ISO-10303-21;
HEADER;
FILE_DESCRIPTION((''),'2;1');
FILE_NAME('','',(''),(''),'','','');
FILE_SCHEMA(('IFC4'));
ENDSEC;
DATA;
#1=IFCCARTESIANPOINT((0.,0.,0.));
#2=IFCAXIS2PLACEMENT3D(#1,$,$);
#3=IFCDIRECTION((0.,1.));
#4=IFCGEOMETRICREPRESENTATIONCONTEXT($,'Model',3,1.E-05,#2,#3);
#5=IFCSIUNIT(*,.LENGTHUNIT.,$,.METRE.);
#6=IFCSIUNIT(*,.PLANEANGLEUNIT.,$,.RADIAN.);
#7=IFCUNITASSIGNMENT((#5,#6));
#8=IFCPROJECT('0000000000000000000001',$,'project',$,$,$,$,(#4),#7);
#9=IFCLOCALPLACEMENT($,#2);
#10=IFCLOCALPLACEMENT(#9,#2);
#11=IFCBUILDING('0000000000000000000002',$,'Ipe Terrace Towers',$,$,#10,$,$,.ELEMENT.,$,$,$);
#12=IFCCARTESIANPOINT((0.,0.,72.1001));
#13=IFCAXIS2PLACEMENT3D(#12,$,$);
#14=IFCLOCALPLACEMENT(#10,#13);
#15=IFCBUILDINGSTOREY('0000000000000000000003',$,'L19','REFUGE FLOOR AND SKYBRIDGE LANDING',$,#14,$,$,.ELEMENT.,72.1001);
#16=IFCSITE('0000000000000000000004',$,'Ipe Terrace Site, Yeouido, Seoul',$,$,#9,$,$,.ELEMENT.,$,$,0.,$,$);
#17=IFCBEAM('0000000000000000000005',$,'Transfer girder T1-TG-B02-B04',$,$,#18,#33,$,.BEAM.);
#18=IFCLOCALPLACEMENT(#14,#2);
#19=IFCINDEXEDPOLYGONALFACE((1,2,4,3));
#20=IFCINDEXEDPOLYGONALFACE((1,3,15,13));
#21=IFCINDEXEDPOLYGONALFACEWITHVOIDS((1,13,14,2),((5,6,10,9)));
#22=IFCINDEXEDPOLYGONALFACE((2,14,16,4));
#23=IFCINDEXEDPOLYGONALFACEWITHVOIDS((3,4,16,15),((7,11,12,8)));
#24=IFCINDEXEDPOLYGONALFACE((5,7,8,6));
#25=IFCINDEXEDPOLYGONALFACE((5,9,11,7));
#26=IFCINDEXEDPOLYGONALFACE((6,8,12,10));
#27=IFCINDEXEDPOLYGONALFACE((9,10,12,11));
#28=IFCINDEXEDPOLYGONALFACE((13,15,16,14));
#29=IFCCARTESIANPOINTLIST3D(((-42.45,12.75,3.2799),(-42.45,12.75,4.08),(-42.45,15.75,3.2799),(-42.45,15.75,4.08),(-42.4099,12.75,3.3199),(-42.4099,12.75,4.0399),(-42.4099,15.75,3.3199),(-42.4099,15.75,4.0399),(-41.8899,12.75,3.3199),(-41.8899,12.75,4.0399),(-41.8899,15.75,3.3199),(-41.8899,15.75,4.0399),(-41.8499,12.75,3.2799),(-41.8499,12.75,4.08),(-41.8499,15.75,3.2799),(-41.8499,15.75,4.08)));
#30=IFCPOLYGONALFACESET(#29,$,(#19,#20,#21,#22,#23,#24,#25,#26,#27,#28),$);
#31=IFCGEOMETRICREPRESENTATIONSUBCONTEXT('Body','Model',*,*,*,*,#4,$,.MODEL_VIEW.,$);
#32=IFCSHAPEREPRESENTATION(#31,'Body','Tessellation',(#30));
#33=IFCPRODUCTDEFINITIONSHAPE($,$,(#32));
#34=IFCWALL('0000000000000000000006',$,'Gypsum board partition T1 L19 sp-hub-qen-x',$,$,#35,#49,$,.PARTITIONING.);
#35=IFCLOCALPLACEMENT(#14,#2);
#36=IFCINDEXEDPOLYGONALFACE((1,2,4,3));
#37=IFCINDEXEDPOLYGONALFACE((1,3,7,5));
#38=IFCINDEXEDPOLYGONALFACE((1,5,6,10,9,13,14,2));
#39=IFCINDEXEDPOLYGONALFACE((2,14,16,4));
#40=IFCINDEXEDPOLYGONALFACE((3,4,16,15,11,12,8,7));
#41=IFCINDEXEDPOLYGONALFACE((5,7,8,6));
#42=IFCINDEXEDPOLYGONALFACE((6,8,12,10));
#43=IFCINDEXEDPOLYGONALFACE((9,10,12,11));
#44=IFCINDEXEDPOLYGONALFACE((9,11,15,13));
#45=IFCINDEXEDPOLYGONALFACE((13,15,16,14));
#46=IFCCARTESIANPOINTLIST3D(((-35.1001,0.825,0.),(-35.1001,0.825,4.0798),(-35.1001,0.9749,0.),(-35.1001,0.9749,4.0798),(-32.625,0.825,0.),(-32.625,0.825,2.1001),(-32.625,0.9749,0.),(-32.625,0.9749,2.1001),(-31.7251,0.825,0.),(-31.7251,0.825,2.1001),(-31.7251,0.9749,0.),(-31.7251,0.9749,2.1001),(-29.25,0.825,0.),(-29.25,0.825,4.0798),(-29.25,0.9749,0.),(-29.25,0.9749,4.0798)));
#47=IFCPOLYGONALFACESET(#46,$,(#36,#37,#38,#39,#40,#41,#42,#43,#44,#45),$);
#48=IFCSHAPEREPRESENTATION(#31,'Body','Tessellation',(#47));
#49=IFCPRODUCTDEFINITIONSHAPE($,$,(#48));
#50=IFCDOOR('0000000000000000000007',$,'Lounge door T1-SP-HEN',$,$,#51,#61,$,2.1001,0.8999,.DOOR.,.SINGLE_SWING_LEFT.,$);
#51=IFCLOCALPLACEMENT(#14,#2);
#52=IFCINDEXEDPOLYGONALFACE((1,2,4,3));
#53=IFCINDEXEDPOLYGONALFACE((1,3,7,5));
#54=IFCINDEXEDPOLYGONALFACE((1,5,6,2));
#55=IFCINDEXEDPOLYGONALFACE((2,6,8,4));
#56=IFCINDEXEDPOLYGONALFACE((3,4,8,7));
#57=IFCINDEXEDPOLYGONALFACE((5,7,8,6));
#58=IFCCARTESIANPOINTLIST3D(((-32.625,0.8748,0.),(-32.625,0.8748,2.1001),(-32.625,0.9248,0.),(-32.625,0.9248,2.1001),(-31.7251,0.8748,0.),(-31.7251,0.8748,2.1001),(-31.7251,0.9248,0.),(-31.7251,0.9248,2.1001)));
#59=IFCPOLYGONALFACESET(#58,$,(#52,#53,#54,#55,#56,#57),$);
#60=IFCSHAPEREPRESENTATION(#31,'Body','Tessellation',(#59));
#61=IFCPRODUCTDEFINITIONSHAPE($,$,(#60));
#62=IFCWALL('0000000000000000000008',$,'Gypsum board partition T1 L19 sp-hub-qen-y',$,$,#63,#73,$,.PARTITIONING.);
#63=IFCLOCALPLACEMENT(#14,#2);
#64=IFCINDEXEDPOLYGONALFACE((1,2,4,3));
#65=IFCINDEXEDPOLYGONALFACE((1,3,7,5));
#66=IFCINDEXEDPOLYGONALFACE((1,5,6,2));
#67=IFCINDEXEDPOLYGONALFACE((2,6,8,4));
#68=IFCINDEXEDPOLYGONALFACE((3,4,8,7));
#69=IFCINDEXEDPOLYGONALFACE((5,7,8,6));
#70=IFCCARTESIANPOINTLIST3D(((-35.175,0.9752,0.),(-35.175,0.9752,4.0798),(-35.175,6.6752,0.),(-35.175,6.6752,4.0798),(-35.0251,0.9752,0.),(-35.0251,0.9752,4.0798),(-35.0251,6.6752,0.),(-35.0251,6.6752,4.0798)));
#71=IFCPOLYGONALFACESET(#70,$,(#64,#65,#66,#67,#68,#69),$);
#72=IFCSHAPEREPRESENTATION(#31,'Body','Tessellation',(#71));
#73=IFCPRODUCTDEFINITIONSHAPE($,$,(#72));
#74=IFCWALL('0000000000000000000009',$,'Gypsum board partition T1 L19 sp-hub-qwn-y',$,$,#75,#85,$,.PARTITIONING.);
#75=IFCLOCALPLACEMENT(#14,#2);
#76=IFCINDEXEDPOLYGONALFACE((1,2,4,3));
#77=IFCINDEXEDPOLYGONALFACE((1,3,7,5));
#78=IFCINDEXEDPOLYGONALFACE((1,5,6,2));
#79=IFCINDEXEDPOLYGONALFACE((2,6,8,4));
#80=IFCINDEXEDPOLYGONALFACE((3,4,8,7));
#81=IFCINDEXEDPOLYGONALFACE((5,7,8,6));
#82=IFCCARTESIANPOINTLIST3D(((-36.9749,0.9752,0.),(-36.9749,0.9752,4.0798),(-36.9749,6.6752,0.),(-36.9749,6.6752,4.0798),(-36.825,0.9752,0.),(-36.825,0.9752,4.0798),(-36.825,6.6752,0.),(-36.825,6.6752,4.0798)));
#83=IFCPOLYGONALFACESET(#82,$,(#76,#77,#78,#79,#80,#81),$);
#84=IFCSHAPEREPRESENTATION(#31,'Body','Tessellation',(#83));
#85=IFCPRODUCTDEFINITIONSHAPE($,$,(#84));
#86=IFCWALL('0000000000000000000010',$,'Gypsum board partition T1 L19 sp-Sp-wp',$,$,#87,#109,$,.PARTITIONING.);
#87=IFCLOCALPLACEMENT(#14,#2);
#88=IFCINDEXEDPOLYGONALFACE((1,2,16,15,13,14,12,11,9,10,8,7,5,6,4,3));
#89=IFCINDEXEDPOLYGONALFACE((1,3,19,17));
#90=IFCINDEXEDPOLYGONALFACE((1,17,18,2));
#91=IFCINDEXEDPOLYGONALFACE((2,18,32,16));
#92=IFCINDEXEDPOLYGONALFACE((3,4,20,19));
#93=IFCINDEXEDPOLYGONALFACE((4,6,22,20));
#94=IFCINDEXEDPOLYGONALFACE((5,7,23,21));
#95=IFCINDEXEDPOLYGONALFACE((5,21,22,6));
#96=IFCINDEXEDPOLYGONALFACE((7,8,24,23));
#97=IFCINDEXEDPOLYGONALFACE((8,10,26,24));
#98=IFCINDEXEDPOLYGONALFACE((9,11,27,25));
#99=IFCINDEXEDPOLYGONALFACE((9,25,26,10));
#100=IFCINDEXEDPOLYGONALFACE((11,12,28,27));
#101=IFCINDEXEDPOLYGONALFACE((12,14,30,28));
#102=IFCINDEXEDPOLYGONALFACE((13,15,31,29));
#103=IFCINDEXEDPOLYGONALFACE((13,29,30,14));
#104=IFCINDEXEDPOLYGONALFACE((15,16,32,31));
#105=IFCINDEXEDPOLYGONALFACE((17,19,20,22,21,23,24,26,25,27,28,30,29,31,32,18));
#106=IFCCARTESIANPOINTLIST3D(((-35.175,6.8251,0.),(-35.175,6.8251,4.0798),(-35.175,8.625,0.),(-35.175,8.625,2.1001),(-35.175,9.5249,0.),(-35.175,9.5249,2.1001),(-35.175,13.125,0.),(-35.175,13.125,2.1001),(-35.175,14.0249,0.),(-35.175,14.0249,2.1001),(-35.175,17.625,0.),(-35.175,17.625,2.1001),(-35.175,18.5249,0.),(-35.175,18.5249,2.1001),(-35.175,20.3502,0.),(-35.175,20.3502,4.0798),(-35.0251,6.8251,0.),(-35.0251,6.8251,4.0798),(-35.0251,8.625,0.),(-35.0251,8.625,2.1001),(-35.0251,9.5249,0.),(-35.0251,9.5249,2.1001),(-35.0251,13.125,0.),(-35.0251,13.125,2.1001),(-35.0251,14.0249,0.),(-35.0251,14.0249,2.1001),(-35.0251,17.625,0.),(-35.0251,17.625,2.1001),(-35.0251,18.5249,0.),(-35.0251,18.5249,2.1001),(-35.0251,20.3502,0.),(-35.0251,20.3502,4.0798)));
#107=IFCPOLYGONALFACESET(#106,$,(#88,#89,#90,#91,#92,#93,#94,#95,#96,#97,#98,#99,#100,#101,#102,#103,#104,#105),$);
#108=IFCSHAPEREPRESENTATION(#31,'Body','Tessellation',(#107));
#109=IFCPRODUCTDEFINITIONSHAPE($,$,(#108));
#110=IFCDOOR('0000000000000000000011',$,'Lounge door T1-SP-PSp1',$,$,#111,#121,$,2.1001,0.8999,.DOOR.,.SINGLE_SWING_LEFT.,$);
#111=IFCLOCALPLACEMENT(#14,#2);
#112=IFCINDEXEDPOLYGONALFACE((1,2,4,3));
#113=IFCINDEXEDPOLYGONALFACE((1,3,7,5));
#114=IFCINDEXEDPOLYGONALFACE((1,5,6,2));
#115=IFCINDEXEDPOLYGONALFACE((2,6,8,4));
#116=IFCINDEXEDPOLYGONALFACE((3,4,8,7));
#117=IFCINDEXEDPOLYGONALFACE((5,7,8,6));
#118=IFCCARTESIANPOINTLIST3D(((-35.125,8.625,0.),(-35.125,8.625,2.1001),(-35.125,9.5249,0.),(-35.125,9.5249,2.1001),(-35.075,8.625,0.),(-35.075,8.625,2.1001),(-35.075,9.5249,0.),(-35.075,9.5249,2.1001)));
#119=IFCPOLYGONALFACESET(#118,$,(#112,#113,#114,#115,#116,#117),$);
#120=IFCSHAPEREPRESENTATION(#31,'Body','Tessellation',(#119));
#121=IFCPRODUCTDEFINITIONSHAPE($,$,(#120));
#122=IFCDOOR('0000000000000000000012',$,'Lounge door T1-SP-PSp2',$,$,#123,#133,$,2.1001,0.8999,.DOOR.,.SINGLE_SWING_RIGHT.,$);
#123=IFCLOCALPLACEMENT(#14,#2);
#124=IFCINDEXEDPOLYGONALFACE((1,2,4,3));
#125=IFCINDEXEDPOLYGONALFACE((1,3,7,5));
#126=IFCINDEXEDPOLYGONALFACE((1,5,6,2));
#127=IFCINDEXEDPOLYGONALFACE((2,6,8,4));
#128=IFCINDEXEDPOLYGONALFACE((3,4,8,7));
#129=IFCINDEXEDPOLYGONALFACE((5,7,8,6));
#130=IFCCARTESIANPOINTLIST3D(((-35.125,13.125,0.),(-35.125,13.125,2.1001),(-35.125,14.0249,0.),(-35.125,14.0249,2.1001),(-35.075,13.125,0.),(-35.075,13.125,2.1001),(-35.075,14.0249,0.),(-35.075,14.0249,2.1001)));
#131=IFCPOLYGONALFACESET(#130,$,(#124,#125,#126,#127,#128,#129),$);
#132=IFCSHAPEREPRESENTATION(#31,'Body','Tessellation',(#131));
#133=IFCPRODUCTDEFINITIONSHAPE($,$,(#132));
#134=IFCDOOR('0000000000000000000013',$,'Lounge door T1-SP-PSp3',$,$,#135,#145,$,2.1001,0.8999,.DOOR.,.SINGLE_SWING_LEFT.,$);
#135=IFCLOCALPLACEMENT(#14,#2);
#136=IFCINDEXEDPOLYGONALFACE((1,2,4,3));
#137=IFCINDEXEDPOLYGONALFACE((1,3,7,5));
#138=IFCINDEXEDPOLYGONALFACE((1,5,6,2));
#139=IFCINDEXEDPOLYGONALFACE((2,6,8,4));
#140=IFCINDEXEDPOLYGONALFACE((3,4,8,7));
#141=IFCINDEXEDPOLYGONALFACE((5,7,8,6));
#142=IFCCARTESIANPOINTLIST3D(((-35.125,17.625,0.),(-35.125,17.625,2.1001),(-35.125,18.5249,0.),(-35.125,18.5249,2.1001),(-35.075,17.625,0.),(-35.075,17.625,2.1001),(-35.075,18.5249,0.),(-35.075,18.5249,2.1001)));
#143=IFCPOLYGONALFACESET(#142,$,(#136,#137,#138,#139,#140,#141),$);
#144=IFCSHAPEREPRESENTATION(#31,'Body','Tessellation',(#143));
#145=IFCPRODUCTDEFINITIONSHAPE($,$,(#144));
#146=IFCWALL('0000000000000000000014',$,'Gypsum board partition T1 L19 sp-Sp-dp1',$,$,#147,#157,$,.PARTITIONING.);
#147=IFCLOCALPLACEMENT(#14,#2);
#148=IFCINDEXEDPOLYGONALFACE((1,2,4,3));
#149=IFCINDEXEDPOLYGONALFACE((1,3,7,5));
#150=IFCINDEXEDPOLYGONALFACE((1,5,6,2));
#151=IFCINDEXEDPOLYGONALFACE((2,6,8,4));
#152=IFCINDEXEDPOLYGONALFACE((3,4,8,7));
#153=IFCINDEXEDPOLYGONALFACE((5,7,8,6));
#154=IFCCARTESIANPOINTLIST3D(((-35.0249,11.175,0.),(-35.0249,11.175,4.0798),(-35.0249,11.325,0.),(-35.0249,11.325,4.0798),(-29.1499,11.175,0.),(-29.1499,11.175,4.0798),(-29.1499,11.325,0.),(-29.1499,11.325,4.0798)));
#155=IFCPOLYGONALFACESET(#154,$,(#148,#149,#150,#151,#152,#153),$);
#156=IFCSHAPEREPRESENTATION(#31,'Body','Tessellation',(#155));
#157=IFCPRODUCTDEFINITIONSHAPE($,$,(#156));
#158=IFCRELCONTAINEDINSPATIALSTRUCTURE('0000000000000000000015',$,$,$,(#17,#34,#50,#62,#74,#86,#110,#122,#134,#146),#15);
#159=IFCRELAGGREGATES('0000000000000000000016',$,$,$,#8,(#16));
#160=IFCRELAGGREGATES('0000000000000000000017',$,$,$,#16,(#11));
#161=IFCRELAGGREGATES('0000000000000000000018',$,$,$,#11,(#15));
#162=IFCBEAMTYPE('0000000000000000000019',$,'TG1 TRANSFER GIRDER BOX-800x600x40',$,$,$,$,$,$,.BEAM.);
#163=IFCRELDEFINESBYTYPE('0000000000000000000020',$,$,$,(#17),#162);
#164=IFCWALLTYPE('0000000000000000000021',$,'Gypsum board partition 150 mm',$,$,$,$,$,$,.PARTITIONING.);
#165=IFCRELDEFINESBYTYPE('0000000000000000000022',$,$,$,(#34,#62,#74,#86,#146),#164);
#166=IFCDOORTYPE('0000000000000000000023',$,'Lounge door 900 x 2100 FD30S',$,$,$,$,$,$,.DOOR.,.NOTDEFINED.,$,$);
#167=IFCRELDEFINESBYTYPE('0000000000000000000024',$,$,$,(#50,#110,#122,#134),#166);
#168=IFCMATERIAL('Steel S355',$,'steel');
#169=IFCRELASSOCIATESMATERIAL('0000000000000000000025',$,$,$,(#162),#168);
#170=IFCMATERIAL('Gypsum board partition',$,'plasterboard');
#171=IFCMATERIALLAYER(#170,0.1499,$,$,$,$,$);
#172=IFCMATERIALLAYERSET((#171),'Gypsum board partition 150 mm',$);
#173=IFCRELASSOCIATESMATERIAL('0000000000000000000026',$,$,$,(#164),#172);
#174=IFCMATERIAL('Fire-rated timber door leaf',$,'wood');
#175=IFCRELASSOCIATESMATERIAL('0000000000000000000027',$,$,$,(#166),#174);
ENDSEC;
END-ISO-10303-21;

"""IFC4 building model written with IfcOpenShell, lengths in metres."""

from ifc_helpers import new_model, si_unit, direction, frame, frame_2d, origin, origin_2d, place, context, subcontext, project, spatial, rectangle, hollow_rectangle, extrude, material, layer, layer_set, material_profile, profile_set, type_object, element, fill, save


model = new_model("IFC4")

# Units and contexts
model_context = context("Model", 3, precision=1e-05, world=origin(), true_north=direction((0.0, 1.0)))
body_context = subcontext(model_context, "Body", "Model", "MODEL_VIEW")
ifc_project = project(units=[si_unit("LENGTHUNIT", "METRE"), si_unit("PLANEANGLEUNIT", "RADIAN")], contexts=[model_context])

# Site, building, storey
site_placement = place(None, origin())
site = spatial("IfcSite", under=ifc_project, at=site_placement, Name="Ipe Terrace Site, Yeouido, Seoul", CompositionType="ELEMENT", RefElevation=0.0)
building_placement = place(site_placement, origin())
building = spatial("IfcBuilding", under=site, at=building_placement, Name="Ipe Terrace Towers", CompositionType="ELEMENT")
storey_placement = place(building_placement, frame((0.0, 0.0, 72.1001)))
storey = spatial("IfcBuildingStorey", under=building, at=storey_placement, Name="L19", Description="REFUGE FLOOR AND SKYBRIDGE LANDING", CompositionType="ELEMENT", Elevation=72.1001)

# Beam
ifc_material_1 = material(Name="Steel S355", Category="steel")
ifc_material_profile_1 = material_profile(ifc_material_1, hollow_rectangle(XDim=0.6001, YDim=0.8, WallThickness=0.04, at=origin_2d()), Name="BOX-800x600x40")
ifc_profile_set_1 = profile_set([ifc_material_profile_1], Name="Steel S355")
beam_type_1 = type_object("IfcBeamType", Name="TG1 TRANSFER GIRDER BOX-800x600x40", PredefinedType="BEAM", material=ifc_profile_set_1)
beam_1_placement = place(storey_placement, frame((-42.1499, 12.75, 3.6799), z_axis=(0.0, 1.0, 0.0), x_axis=(-1.0, 0.0, 0.0)))
element("IfcBeam", 1, at=beam_1_placement, inside=storey, type_object=beam_type_1, Name="Transfer girder T1-TG-B02-B04", PredefinedType="BEAM", context=body_context, shape_type="SweptSolid", body=[
    extrude(hollow_rectangle(XDim=0.6001, YDim=0.8, WallThickness=0.04, at=origin_2d()), origin(), (0.0, 0.0, 1.0), 3.0),
])

# Wall, opening, door
ifc_material_2 = material(Name="Gypsum board partition", Category="plasterboard")
ifc_layer = layer(ifc_material_2, 0.1499)
ifc_layer_set = layer_set([ifc_layer], Name="Gypsum board partition 150 mm")
wall_type = type_object("IfcWallType", Name="Gypsum board partition 150 mm", PredefinedType="PARTITIONING", material=ifc_layer_set)
wall_1_placement = place(storey_placement, frame((-35.1001, 0.8999, 0.0), z_axis=(0.0, 0.0, 1.0), x_axis=(1.0, 0.0, 0.0)))
wall_1 = element("IfcWall", 2, at=wall_1_placement, inside=storey, type_object=wall_type, Name="Gypsum board partition T1 L19 sp-hub-qen-x", PredefinedType="PARTITIONING", context=body_context, shape_type="SweptSolid", body=[
    extrude(rectangle(XDim=5.8501, YDim=0.1499, at=frame_2d((2.925, 0.0))), origin(), (0.0, 0.0, 1.0), 4.0798),
])
opening_1_placement = place(wall_1_placement, frame((2.4751, 0.0, 0.0)))
opening_1 = element("IfcOpeningElement", 3, at=opening_1_placement, cuts=wall_1, PredefinedType="OPENING", context=body_context, shape_type="SweptSolid", body=[
    extrude(rectangle(XDim=0.8999, YDim=2.1001, at=frame_2d((0.45, 1.05))), frame((0.0, 0.085, 0.0), z_axis=(0.0, -1.0, 0.0), x_axis=(1.0, 0.0, 0.0)), (0.0, 0.0, 1.0), 0.1699),
])
ifc_material_3 = material(Name="Fire-rated timber door leaf", Category="wood")
door_type_1 = type_object("IfcDoorType", Name="Lounge door 900 x 2100 FD30S", OperationType="NOTDEFINED", PredefinedType="DOOR", material=ifc_material_3)
door_1_placement = place(opening_1_placement, origin())
door_1 = element("IfcDoor", 4, at=door_1_placement, inside=storey, type_object=door_type_1, Name="Lounge door T1-SP-HEN", OperationType="SINGLE_SWING_LEFT", OverallHeight=2.1001, OverallWidth=0.8999, PredefinedType="DOOR", context=body_context, shape_type="SweptSolid", body=[
    extrude(rectangle(XDim=0.8999, YDim=2.1001, at=frame_2d((0.45, 1.05))), frame((0.0, 0.0249, 0.0), z_axis=(0.0, -1.0, 0.0), x_axis=(1.0, 0.0, 0.0)), (0.0, 0.0, 1.0), 0.05),
])
fill(opening_1, door_1)

# Walls
for number, where, z_axis, x_axis, name in (
    (5, (-35.1001, 0.9751, 0.0), (0.0, 0.0, 1.0), (0.0, 1.0, 0.0), "Gypsum board partition T1 L19 sp-hub-qen-y"),
    (6, (-36.8999, 0.9751, 0.0), (0.0, 0.0, 1.0), (0.0, 1.0, 0.0), "Gypsum board partition T1 L19 sp-hub-qwn-y"),
):
    element("IfcWall", number, at=place(storey_placement, frame(where, z_axis=z_axis, x_axis=x_axis)), inside=storey, type_object=wall_type, Name=name, PredefinedType="PARTITIONING", context=body_context, shape_type="SweptSolid", body=[
        extrude(rectangle(XDim=5.7, YDim=0.1499, at=frame_2d((2.8501, 0.0))), origin(), (0.0, 0.0, 1.0), 4.0798),
    ])

# Wall, openings, doors
wall_2_placement = place(storey_placement, frame((-35.1001, 6.825, 0.0), z_axis=(0.0, 0.0, 1.0), x_axis=(0.0, 1.0, 0.0)))
wall_2 = element("IfcWall", 7, at=wall_2_placement, inside=storey, type_object=wall_type, Name="Gypsum board partition T1 L19 sp-Sp-wp", PredefinedType="PARTITIONING", context=body_context, shape_type="SweptSolid", body=[
    extrude(rectangle(XDim=13.5251, YDim=0.1499, at=frame_2d((6.7627, 0.0))), origin(), (0.0, 0.0, 1.0), 4.0798),
])
opening_2_placement = place(wall_2_placement, frame((1.8, 0.0, 0.0)))
opening_2 = element("IfcOpeningElement", 8, at=opening_2_placement, cuts=wall_2, PredefinedType="OPENING", context=body_context, shape_type="SweptSolid", body=[
    extrude(rectangle(XDim=0.8999, YDim=2.1001, at=frame_2d((0.45, 1.05))), frame((0.0, 0.085, 0.0), z_axis=(0.0, -1.0, 0.0), x_axis=(1.0, 0.0, 0.0)), (0.0, 0.0, 1.0), 0.1699),
])
opening_3_placement = place(wall_2_placement, frame((6.3, 0.0, 0.0)))
opening_3 = element("IfcOpeningElement", 9, at=opening_3_placement, cuts=wall_2, PredefinedType="OPENING", context=body_context, shape_type="SweptSolid", body=[
    extrude(rectangle(XDim=0.8999, YDim=2.1001, at=frame_2d((0.45, 1.05))), frame((0.0, 0.085, 0.0), z_axis=(0.0, -1.0, 0.0), x_axis=(1.0, 0.0, 0.0)), (0.0, 0.0, 1.0), 0.1699),
])
opening_4_placement = place(wall_2_placement, frame((10.8, 0.0, 0.0)))
opening_4 = element("IfcOpeningElement", 10, at=opening_4_placement, cuts=wall_2, PredefinedType="OPENING", context=body_context, shape_type="SweptSolid", body=[
    extrude(rectangle(XDim=0.8999, YDim=2.1001, at=frame_2d((0.45, 1.05))), frame((0.0, 0.085, 0.0), z_axis=(0.0, -1.0, 0.0), x_axis=(1.0, 0.0, 0.0)), (0.0, 0.0, 1.0), 0.1699),
])
door_2_placement = place(opening_2_placement, origin())
door_2 = element("IfcDoor", 11, at=door_2_placement, inside=storey, type_object=door_type_1, Name="Lounge door T1-SP-PSp1", OperationType="SINGLE_SWING_LEFT", OverallHeight=2.1001, OverallWidth=0.8999, PredefinedType="DOOR", context=body_context, shape_type="SweptSolid", body=[
    extrude(rectangle(XDim=0.8999, YDim=2.1001, at=frame_2d((0.45, 1.05))), frame((0.0, 0.0249, 0.0), z_axis=(0.0, -1.0, 0.0), x_axis=(1.0, 0.0, 0.0)), (0.0, 0.0, 1.0), 0.05),
])
fill(opening_2, door_2)
door_3_placement = place(opening_3_placement, origin())
door_3 = element("IfcDoor", 12, at=door_3_placement, inside=storey, type_object=door_type_1, Name="Lounge door T1-SP-PSp2", OperationType="SINGLE_SWING_RIGHT", OverallHeight=2.1001, OverallWidth=0.8999, PredefinedType="DOOR", context=body_context, shape_type="SweptSolid", body=[
    extrude(rectangle(XDim=0.8999, YDim=2.1001, at=frame_2d((0.45, 1.05))), frame((0.0, 0.0249, 0.0), z_axis=(0.0, -1.0, 0.0), x_axis=(1.0, 0.0, 0.0)), (0.0, 0.0, 1.0), 0.05),
])
fill(opening_3, door_3)
door_4_placement = place(opening_4_placement, origin())
door_4 = element("IfcDoor", 13, at=door_4_placement, inside=storey, type_object=door_type_1, Name="Lounge door T1-SP-PSp3", OperationType="SINGLE_SWING_LEFT", OverallHeight=2.1001, OverallWidth=0.8999, PredefinedType="DOOR", context=body_context, shape_type="SweptSolid", body=[
    extrude(rectangle(XDim=0.8999, YDim=2.1001, at=frame_2d((0.45, 1.05))), frame((0.0, 0.0249, 0.0), z_axis=(0.0, -1.0, 0.0), x_axis=(1.0, 0.0, 0.0)), (0.0, 0.0, 1.0), 0.05),
])
fill(opening_4, door_4)

# Wall
wall_3_placement = place(storey_placement, frame((-35.0249, 11.25, 0.0), z_axis=(0.0, 0.0, 1.0), x_axis=(1.0, 0.0, 0.0)))
element("IfcWall", 14, at=wall_3_placement, inside=storey, type_object=wall_type, Name="Gypsum board partition T1 L19 sp-Sp-dp1", PredefinedType="PARTITIONING", context=body_context, shape_type="SweptSolid", body=[
    extrude(rectangle(XDim=5.875, YDim=0.1499, at=frame_2d((2.9375, 0.0))), origin(), (0.0, 0.0, 1.0), 4.0798),
])

save(model, "model.ifc")
